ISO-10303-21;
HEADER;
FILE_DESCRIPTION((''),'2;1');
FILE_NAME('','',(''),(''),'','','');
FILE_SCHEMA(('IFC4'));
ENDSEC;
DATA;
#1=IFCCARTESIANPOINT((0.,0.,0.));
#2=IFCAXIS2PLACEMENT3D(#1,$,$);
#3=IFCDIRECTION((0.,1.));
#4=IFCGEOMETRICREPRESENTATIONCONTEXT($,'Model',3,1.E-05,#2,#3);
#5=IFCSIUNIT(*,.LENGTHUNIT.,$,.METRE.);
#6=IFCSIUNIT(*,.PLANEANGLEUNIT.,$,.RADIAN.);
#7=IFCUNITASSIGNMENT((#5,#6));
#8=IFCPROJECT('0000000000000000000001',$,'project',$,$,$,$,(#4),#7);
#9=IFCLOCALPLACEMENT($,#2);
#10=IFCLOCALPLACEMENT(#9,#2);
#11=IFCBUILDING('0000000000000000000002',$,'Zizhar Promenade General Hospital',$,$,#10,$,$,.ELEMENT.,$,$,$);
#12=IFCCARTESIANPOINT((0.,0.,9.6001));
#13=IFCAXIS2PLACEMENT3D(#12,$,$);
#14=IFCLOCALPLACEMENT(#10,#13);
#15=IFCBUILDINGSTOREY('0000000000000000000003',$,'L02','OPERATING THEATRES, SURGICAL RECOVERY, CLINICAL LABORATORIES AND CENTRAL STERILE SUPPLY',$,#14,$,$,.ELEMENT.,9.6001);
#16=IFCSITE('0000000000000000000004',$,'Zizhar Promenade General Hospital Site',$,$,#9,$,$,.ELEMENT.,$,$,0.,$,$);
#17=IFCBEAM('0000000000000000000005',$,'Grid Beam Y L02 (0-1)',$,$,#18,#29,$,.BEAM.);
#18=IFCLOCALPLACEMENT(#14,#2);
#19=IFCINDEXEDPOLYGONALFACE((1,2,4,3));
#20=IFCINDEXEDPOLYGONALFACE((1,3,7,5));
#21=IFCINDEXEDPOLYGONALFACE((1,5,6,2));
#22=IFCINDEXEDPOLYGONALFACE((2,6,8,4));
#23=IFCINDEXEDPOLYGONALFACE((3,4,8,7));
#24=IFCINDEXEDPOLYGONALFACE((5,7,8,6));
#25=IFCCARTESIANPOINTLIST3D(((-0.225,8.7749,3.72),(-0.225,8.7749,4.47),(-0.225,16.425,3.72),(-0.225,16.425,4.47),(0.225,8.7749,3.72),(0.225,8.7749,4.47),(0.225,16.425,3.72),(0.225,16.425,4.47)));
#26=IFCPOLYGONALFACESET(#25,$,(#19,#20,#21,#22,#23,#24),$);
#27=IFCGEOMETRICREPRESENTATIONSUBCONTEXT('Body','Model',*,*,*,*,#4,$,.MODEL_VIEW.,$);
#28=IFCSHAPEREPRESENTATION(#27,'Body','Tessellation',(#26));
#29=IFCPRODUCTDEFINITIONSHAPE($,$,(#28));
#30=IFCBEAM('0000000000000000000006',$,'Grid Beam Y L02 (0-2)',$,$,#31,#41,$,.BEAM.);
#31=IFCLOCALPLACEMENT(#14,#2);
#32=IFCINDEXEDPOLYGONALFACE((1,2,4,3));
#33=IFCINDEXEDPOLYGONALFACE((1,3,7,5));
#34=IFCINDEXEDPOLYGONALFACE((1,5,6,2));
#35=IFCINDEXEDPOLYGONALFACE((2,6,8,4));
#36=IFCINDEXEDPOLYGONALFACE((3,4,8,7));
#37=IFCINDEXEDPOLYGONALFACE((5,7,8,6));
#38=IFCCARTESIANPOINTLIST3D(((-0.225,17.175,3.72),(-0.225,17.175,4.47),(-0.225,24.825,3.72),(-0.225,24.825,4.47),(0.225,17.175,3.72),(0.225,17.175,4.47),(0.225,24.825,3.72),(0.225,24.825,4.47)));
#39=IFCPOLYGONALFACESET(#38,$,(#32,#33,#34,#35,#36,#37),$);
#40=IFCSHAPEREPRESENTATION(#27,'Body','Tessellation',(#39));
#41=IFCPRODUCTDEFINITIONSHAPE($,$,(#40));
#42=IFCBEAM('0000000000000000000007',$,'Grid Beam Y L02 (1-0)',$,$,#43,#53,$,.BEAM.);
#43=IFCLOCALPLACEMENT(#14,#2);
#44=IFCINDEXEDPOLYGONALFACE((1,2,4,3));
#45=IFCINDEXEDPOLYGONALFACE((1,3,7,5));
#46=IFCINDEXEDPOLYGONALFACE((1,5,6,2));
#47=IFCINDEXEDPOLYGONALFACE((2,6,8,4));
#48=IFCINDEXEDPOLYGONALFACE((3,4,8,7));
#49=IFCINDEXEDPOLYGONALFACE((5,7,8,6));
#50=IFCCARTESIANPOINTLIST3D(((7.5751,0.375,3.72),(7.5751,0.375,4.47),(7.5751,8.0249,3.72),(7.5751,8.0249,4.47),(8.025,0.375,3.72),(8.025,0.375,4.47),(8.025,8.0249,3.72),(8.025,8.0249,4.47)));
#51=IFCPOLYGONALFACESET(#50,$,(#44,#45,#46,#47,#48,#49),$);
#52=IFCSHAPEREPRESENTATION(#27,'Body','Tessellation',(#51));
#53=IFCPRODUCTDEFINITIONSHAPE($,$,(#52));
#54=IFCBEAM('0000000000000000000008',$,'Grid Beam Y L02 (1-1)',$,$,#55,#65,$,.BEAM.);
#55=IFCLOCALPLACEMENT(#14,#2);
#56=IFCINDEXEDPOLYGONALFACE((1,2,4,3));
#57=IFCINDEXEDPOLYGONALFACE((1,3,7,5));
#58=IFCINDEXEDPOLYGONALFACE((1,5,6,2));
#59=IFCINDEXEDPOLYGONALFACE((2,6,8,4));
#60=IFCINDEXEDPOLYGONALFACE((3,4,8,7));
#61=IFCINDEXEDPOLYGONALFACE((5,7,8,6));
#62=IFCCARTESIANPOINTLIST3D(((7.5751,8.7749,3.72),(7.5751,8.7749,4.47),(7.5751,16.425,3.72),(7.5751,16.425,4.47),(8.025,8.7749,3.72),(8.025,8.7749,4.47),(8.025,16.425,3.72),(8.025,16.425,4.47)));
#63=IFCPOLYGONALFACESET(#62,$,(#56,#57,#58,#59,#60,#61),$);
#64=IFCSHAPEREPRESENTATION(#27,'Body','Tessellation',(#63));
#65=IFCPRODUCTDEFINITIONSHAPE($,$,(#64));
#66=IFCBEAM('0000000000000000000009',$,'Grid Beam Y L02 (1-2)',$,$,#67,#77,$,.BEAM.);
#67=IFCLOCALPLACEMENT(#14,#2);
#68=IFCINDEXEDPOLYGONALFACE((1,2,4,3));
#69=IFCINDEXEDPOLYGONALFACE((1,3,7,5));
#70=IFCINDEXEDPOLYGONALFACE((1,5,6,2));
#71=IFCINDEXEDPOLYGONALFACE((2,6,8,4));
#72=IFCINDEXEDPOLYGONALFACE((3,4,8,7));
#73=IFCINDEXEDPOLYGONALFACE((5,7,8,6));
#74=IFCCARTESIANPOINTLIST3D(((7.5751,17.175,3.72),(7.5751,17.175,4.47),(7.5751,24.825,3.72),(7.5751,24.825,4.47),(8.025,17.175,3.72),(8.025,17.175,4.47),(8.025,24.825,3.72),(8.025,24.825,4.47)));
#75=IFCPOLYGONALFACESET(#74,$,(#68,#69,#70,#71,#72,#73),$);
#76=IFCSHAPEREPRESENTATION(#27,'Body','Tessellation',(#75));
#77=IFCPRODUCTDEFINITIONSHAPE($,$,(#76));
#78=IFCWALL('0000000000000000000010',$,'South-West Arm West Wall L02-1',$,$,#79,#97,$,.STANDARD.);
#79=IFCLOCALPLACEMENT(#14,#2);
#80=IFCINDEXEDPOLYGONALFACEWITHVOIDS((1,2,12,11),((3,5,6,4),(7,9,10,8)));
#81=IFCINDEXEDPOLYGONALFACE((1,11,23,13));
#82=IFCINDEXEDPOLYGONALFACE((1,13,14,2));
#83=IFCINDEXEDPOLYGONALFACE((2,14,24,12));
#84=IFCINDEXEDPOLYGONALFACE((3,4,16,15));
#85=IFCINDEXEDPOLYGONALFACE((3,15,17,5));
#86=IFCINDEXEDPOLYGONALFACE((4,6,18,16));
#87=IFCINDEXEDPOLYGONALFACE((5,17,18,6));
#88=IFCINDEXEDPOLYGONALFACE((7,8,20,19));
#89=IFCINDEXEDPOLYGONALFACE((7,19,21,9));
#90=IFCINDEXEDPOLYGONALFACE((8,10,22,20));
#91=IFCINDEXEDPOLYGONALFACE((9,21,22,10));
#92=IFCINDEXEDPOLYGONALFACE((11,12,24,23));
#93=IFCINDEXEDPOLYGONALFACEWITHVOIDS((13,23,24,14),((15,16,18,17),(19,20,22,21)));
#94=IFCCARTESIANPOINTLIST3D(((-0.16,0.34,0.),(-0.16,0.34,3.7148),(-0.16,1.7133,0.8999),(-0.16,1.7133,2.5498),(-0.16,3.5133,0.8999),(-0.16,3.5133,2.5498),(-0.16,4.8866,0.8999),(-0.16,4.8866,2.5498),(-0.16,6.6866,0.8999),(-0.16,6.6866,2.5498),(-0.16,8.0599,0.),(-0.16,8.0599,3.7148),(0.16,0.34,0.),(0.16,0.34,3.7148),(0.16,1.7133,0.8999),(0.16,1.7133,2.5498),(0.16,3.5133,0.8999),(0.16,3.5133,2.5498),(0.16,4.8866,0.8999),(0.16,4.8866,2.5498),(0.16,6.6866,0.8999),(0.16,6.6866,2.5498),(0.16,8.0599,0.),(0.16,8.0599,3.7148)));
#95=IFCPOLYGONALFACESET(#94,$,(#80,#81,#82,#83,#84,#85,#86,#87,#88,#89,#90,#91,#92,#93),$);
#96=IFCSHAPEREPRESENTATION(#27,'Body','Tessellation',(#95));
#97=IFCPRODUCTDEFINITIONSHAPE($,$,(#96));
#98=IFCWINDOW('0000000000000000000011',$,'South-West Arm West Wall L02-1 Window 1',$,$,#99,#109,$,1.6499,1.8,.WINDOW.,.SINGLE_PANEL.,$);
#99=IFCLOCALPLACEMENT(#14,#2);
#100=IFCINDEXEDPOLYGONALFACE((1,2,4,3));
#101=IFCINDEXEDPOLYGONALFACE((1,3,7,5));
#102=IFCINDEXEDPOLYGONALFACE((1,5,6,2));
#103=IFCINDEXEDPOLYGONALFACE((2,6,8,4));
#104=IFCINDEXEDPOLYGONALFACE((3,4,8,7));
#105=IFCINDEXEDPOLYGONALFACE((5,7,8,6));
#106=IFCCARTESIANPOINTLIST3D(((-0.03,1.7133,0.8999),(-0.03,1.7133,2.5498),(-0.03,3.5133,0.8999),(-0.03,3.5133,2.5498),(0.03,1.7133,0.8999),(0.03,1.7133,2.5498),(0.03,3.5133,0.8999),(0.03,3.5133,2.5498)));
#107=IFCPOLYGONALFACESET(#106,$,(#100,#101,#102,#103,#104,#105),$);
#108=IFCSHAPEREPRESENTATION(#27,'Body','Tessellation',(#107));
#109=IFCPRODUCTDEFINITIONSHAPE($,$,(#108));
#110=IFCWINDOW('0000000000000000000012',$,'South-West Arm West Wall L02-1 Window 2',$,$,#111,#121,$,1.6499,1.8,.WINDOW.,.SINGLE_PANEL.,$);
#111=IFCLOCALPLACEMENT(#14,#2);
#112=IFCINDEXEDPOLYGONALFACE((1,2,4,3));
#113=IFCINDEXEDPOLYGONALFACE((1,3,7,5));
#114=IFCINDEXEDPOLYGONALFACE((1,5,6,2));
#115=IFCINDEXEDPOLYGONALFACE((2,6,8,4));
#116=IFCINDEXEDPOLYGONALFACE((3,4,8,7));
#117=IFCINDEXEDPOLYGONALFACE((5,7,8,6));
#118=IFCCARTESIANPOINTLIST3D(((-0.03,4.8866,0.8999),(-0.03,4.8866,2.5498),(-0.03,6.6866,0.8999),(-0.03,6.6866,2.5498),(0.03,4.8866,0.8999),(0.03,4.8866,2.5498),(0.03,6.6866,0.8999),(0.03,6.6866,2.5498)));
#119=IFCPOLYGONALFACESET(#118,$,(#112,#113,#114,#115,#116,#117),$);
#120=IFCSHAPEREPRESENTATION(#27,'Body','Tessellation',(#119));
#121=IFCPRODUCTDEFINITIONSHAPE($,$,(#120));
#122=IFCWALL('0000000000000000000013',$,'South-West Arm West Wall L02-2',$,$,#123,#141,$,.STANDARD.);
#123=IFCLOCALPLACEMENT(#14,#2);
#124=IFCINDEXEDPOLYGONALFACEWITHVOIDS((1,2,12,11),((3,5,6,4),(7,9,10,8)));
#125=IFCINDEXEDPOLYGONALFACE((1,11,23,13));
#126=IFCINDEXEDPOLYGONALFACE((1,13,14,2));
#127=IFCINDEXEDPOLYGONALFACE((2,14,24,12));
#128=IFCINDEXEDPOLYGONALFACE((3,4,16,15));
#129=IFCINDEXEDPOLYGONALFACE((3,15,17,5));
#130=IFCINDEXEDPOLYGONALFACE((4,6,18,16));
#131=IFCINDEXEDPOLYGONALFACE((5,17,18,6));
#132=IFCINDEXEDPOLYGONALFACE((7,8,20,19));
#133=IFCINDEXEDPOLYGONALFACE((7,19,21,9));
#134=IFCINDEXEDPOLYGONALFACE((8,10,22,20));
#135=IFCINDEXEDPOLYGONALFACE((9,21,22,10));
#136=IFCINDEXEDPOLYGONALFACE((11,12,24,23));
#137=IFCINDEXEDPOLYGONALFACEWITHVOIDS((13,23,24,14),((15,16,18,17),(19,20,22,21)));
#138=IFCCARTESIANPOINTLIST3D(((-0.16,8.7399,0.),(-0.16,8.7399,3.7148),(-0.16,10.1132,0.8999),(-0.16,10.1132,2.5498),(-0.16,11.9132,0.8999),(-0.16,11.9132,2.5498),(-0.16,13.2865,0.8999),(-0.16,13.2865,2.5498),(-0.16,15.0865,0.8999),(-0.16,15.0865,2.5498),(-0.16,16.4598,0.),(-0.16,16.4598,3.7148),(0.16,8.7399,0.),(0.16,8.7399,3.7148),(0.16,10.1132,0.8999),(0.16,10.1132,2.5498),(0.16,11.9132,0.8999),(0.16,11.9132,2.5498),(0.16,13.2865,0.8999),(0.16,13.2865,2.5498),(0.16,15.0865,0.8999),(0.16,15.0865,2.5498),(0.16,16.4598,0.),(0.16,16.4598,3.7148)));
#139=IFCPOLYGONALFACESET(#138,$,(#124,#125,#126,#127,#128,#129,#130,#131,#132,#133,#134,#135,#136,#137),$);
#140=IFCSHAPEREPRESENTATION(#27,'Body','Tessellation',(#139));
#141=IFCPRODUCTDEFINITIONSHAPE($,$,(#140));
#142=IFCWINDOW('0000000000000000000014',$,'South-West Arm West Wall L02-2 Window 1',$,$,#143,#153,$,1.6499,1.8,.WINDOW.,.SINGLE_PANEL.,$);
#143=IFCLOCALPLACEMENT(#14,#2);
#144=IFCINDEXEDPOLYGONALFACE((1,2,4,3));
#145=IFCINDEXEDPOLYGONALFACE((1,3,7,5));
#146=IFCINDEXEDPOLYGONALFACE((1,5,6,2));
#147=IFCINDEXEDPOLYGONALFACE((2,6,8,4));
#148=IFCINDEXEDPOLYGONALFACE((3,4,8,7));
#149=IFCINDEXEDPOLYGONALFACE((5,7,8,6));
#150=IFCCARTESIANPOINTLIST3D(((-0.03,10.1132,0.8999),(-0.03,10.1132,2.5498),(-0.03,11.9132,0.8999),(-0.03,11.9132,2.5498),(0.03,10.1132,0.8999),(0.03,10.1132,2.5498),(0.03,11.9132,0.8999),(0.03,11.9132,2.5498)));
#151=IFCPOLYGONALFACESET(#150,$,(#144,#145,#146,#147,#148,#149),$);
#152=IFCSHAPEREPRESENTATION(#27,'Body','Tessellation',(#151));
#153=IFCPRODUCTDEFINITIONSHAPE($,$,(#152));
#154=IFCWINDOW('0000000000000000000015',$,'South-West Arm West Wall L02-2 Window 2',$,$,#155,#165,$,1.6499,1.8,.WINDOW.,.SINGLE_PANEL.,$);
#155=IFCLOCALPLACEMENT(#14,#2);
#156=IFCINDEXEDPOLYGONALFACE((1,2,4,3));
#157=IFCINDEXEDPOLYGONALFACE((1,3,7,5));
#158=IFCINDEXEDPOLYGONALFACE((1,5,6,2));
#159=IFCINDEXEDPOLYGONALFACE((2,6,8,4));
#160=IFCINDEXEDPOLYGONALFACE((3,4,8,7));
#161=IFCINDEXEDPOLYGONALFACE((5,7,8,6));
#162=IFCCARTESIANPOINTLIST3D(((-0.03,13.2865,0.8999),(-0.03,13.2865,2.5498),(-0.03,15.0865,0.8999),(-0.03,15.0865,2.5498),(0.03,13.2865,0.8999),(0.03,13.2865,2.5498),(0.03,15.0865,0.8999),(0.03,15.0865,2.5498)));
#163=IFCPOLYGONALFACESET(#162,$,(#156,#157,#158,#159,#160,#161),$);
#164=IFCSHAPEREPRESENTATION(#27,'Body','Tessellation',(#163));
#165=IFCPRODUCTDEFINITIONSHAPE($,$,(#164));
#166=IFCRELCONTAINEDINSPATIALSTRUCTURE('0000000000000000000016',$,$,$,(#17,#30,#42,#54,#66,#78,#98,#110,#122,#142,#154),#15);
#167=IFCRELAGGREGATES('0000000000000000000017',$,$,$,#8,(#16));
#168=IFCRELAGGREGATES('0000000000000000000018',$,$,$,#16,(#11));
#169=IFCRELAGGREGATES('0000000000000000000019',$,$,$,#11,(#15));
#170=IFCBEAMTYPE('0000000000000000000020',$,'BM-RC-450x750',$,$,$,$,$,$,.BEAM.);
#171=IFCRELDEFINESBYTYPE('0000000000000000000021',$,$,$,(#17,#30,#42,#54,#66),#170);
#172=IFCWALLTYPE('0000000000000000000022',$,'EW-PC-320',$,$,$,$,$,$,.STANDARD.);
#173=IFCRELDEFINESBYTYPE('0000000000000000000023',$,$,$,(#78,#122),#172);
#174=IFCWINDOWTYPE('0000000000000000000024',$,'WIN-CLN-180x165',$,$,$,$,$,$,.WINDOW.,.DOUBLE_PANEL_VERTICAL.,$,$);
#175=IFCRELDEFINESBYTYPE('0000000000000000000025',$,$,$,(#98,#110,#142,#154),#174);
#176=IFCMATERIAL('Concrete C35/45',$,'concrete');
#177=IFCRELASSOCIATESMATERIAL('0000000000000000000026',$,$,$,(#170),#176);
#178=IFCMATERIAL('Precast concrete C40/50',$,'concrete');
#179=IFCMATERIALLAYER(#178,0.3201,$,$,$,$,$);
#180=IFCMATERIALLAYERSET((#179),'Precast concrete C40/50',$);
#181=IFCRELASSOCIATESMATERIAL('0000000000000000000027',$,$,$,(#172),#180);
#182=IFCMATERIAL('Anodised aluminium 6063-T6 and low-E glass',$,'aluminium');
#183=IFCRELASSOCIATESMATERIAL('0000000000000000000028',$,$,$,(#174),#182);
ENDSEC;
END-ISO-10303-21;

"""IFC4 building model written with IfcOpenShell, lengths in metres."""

from ifc_helpers import new_model, si_unit, direction, frame, frame_2d, origin, origin_2d, place, context, subcontext, project, spatial, rectangle, extrude, material, layer, layer_set, material_profile, profile_set, type_object, element, fill, save


model = new_model("IFC4")

# Units and contexts
model_context = context("Model", 3, precision=1e-05, world=origin(), true_north=direction((0.0, 1.0)))
body_context = subcontext(model_context, "Body", "Model", "MODEL_VIEW")
ifc_project = project(units=[si_unit("LENGTHUNIT", "METRE"), si_unit("PLANEANGLEUNIT", "RADIAN")], contexts=[model_context])

# Site, building, storey
site_placement = place(None, origin())
site = spatial("IfcSite", under=ifc_project, at=site_placement, Name="Zizhar Promenade General Hospital Site", CompositionType="ELEMENT", RefElevation=0.0)
building_placement = place(site_placement, origin())
building = spatial("IfcBuilding", under=site, at=building_placement, Name="Zizhar Promenade General Hospital", CompositionType="ELEMENT")
storey_placement = place(building_placement, frame((0.0, 0.0, 9.6001)))
storey = spatial("IfcBuildingStorey", under=building, at=storey_placement, Name="L02", Description="OPERATING THEATRES, SURGICAL RECOVERY, CLINICAL LABORATORIES AND CENTRAL STERILE SUPPLY", CompositionType="ELEMENT", Elevation=9.6001)

# Beams
ifc_material_1 = material(Name="Concrete C35/45", Category="concrete")
ifc_material_profile_1 = material_profile(ifc_material_1, rectangle(XDim=0.45, YDim=0.75, at=origin_2d()))
ifc_profile_set_1 = profile_set([ifc_material_profile_1], Name="Concrete C35/45")
beam_type_1 = type_object("IfcBeamType", Name="BM-RC-450x750", PredefinedType="BEAM", material=ifc_profile_set_1)
beam_1_placement = place(storey_placement, frame((0.0, 8.7749, 4.095), z_axis=(0.0, 1.0, 0.0), x_axis=(-1.0, 0.0, 0.0)))
element("IfcBeam", 1, at=beam_1_placement, inside=storey, type_object=beam_type_1, Name="Grid Beam Y L02 (0-1)", PredefinedType="BEAM", context=body_context, shape_type="SweptSolid", body=[
    extrude(rectangle(XDim=0.45, YDim=0.75, at=origin_2d()), origin(), (0.0, 0.0, 1.0), 7.6501),
])
for number, where, z_axis, x_axis, name in (
    (2, (0.0, 17.175, 4.095), (0.0, 1.0, 0.0), (-1.0, 0.0, 0.0), "Grid Beam Y L02 (0-2)"),
    (3, (7.8, 0.375, 4.095), (0.0, 1.0, 0.0), (-1.0, 0.0, 0.0), "Grid Beam Y L02 (1-0)"),
):
    element("IfcBeam", number, at=place(storey_placement, frame(where, z_axis=z_axis, x_axis=x_axis)), inside=storey, type_object=beam_type_1, Name=name, PredefinedType="BEAM", context=body_context, shape_type="SweptSolid", body=[
        extrude(rectangle(XDim=0.45, YDim=0.75, at=origin_2d()), origin(), (0.0, 0.0, 1.0), 7.6499),
    ])
beam_2_placement = place(storey_placement, frame((7.8, 8.7749, 4.095), z_axis=(0.0, 1.0, 0.0), x_axis=(-1.0, 0.0, 0.0)))
element("IfcBeam", 4, at=beam_2_placement, inside=storey, type_object=beam_type_1, Name="Grid Beam Y L02 (1-1)", PredefinedType="BEAM", context=body_context, shape_type="SweptSolid", body=[
    extrude(rectangle(XDim=0.45, YDim=0.75, at=origin_2d()), origin(), (0.0, 0.0, 1.0), 7.6501),
])
beam_3_placement = place(storey_placement, frame((7.8, 17.175, 4.095), z_axis=(0.0, 1.0, 0.0), x_axis=(-1.0, 0.0, 0.0)))
element("IfcBeam", 5, at=beam_3_placement, inside=storey, type_object=beam_type_1, Name="Grid Beam Y L02 (1-2)", PredefinedType="BEAM", context=body_context, shape_type="SweptSolid", body=[
    extrude(rectangle(XDim=0.45, YDim=0.75, at=origin_2d()), origin(), (0.0, 0.0, 1.0), 7.6499),
])

# Walls, openings, windows
ifc_material_2 = material(Name="Precast concrete C40/50", Category="concrete")
ifc_layer_1 = layer(ifc_material_2, 0.3201)
ifc_layer_set_1 = layer_set([ifc_layer_1], Name="Precast concrete C40/50")
wall_type_1 = type_object("IfcWallType", Name="EW-PC-320", PredefinedType="STANDARD", material=ifc_layer_set_1)
wall_1_placement = place(storey_placement, frame((0.0, 0.3401, 0.0), z_axis=(0.0, 0.0, 1.0), x_axis=(0.0, 1.0, 0.0)))
wall_1 = element("IfcWall", 6, at=wall_1_placement, inside=storey, type_object=wall_type_1, Name="South-West Arm West Wall L02-1", PredefinedType="STANDARD", context=body_context, shape_type="SweptSolid", body=[
    extrude(rectangle(XDim=7.72, YDim=0.3201, at=frame_2d((3.8599, 0.0))), origin(), (0.0, 0.0, 1.0), 3.7148),
])
opening_1_placement = place(wall_1_placement, frame((1.3733, 0.0, 0.8999)))
opening_1 = element("IfcOpeningElement", 7, at=opening_1_placement, cuts=wall_1, PredefinedType="OPENING", context=body_context, shape_type="SweptSolid", body=[
    extrude(rectangle(XDim=1.8, YDim=1.6499, at=frame_2d((0.8999, 0.825))), frame((0.0, 0.1699, 0.0), z_axis=(0.0, -1.0, 0.0), x_axis=(1.0, 0.0, 0.0)), (0.0, 0.0, 1.0), 0.3401),
])
opening_2_placement = place(wall_1_placement, frame((4.5466, 0.0, 0.8999)))
opening_2 = element("IfcOpeningElement", 8, at=opening_2_placement, cuts=wall_1, PredefinedType="OPENING", context=body_context, shape_type="SweptSolid", body=[
    extrude(rectangle(XDim=1.8, YDim=1.6499, at=frame_2d((0.8999, 0.825))), frame((0.0, 0.1699, 0.0), z_axis=(0.0, -1.0, 0.0), x_axis=(1.0, 0.0, 0.0)), (0.0, 0.0, 1.0), 0.3401),
])
ifc_material_3 = material(Name="Anodised aluminium 6063-T6 and low-E glass", Category="aluminium")
window_type = type_object("IfcWindowType", Name="WIN-CLN-180x165", PartitioningType="DOUBLE_PANEL_VERTICAL", PredefinedType="WINDOW", material=ifc_material_3)
window_1_placement = place(opening_1_placement, origin())
window_1 = element("IfcWindow", 9, at=window_1_placement, inside=storey, type_object=window_type, Name="South-West Arm West Wall L02-1 Window 1", OverallHeight=1.6499, OverallWidth=1.8, PartitioningType="SINGLE_PANEL", PredefinedType="WINDOW", context=body_context, shape_type="SweptSolid", body=[
    extrude(rectangle(XDim=1.8, YDim=1.6499, at=frame_2d((0.8999, 0.825))), frame((0.0, 0.03, 0.0), z_axis=(0.0, -1.0, 0.0), x_axis=(1.0, 0.0, 0.0)), (0.0, 0.0, 1.0), 0.0601),
])
fill(opening_1, window_1)
window_2_placement = place(opening_2_placement, origin())
window_2 = element("IfcWindow", 10, at=window_2_placement, inside=storey, type_object=window_type, Name="South-West Arm West Wall L02-1 Window 2", OverallHeight=1.6499, OverallWidth=1.8, PartitioningType="SINGLE_PANEL", PredefinedType="WINDOW", context=body_context, shape_type="SweptSolid", body=[
    extrude(rectangle(XDim=1.8, YDim=1.6499, at=frame_2d((0.8999, 0.825))), frame((0.0, 0.03, 0.0), z_axis=(0.0, -1.0, 0.0), x_axis=(1.0, 0.0, 0.0)), (0.0, 0.0, 1.0), 0.0601),
])
fill(opening_2, window_2)
wall_2_placement = place(storey_placement, frame((0.0, 8.74, 0.0), z_axis=(0.0, 0.0, 1.0), x_axis=(0.0, 1.0, 0.0)))
wall_2 = element("IfcWall", 11, at=wall_2_placement, inside=storey, type_object=wall_type_1, Name="South-West Arm West Wall L02-2", PredefinedType="STANDARD", context=body_context, shape_type="SweptSolid", body=[
    extrude(rectangle(XDim=7.72, YDim=0.3201, at=frame_2d((3.8599, 0.0))), origin(), (0.0, 0.0, 1.0), 3.7148),
])
opening_3_placement = place(wall_2_placement, frame((1.3733, 0.0, 0.8999)))
opening_3 = element("IfcOpeningElement", 12, at=opening_3_placement, cuts=wall_2, PredefinedType="OPENING", context=body_context, shape_type="SweptSolid", body=[
    extrude(rectangle(XDim=1.8, YDim=1.6499, at=frame_2d((0.8999, 0.825))), frame((0.0, 0.1699, 0.0), z_axis=(0.0, -1.0, 0.0), x_axis=(1.0, 0.0, 0.0)), (0.0, 0.0, 1.0), 0.3401),
])
opening_4_placement = place(wall_2_placement, frame((4.5466, 0.0, 0.8999)))
opening_4 = element("IfcOpeningElement", 13, at=opening_4_placement, cuts=wall_2, PredefinedType="OPENING", context=body_context, shape_type="SweptSolid", body=[
    extrude(rectangle(XDim=1.8, YDim=1.6499, at=frame_2d((0.8999, 0.825))), frame((0.0, 0.1699, 0.0), z_axis=(0.0, -1.0, 0.0), x_axis=(1.0, 0.0, 0.0)), (0.0, 0.0, 1.0), 0.3401),
])
window_3_placement = place(opening_3_placement, origin())
window_3 = element("IfcWindow", 14, at=window_3_placement, inside=storey, type_object=window_type, Name="South-West Arm West Wall L02-2 Window 1", OverallHeight=1.6499, OverallWidth=1.8, PartitioningType="SINGLE_PANEL", PredefinedType="WINDOW", context=body_context, shape_type="SweptSolid", body=[
    extrude(rectangle(XDim=1.8, YDim=1.6499, at=frame_2d((0.8999, 0.825))), frame((0.0, 0.03, 0.0), z_axis=(0.0, -1.0, 0.0), x_axis=(1.0, 0.0, 0.0)), (0.0, 0.0, 1.0), 0.0601),
])
fill(opening_3, window_3)
window_4_placement = place(opening_4_placement, origin())
window_4 = element("IfcWindow", 15, at=window_4_placement, inside=storey, type_object=window_type, Name="South-West Arm West Wall L02-2 Window 2", OverallHeight=1.6499, OverallWidth=1.8, PartitioningType="SINGLE_PANEL", PredefinedType="WINDOW", context=body_context, shape_type="SweptSolid", body=[
    extrude(rectangle(XDim=1.8, YDim=1.6499, at=frame_2d((0.8999, 0.825))), frame((0.0, 0.03, 0.0), z_axis=(0.0, -1.0, 0.0), x_axis=(1.0, 0.0, 0.0)), (0.0, 0.0, 1.0), 0.0601),
])
fill(opening_4, window_4)

save(model, "model.ifc")
